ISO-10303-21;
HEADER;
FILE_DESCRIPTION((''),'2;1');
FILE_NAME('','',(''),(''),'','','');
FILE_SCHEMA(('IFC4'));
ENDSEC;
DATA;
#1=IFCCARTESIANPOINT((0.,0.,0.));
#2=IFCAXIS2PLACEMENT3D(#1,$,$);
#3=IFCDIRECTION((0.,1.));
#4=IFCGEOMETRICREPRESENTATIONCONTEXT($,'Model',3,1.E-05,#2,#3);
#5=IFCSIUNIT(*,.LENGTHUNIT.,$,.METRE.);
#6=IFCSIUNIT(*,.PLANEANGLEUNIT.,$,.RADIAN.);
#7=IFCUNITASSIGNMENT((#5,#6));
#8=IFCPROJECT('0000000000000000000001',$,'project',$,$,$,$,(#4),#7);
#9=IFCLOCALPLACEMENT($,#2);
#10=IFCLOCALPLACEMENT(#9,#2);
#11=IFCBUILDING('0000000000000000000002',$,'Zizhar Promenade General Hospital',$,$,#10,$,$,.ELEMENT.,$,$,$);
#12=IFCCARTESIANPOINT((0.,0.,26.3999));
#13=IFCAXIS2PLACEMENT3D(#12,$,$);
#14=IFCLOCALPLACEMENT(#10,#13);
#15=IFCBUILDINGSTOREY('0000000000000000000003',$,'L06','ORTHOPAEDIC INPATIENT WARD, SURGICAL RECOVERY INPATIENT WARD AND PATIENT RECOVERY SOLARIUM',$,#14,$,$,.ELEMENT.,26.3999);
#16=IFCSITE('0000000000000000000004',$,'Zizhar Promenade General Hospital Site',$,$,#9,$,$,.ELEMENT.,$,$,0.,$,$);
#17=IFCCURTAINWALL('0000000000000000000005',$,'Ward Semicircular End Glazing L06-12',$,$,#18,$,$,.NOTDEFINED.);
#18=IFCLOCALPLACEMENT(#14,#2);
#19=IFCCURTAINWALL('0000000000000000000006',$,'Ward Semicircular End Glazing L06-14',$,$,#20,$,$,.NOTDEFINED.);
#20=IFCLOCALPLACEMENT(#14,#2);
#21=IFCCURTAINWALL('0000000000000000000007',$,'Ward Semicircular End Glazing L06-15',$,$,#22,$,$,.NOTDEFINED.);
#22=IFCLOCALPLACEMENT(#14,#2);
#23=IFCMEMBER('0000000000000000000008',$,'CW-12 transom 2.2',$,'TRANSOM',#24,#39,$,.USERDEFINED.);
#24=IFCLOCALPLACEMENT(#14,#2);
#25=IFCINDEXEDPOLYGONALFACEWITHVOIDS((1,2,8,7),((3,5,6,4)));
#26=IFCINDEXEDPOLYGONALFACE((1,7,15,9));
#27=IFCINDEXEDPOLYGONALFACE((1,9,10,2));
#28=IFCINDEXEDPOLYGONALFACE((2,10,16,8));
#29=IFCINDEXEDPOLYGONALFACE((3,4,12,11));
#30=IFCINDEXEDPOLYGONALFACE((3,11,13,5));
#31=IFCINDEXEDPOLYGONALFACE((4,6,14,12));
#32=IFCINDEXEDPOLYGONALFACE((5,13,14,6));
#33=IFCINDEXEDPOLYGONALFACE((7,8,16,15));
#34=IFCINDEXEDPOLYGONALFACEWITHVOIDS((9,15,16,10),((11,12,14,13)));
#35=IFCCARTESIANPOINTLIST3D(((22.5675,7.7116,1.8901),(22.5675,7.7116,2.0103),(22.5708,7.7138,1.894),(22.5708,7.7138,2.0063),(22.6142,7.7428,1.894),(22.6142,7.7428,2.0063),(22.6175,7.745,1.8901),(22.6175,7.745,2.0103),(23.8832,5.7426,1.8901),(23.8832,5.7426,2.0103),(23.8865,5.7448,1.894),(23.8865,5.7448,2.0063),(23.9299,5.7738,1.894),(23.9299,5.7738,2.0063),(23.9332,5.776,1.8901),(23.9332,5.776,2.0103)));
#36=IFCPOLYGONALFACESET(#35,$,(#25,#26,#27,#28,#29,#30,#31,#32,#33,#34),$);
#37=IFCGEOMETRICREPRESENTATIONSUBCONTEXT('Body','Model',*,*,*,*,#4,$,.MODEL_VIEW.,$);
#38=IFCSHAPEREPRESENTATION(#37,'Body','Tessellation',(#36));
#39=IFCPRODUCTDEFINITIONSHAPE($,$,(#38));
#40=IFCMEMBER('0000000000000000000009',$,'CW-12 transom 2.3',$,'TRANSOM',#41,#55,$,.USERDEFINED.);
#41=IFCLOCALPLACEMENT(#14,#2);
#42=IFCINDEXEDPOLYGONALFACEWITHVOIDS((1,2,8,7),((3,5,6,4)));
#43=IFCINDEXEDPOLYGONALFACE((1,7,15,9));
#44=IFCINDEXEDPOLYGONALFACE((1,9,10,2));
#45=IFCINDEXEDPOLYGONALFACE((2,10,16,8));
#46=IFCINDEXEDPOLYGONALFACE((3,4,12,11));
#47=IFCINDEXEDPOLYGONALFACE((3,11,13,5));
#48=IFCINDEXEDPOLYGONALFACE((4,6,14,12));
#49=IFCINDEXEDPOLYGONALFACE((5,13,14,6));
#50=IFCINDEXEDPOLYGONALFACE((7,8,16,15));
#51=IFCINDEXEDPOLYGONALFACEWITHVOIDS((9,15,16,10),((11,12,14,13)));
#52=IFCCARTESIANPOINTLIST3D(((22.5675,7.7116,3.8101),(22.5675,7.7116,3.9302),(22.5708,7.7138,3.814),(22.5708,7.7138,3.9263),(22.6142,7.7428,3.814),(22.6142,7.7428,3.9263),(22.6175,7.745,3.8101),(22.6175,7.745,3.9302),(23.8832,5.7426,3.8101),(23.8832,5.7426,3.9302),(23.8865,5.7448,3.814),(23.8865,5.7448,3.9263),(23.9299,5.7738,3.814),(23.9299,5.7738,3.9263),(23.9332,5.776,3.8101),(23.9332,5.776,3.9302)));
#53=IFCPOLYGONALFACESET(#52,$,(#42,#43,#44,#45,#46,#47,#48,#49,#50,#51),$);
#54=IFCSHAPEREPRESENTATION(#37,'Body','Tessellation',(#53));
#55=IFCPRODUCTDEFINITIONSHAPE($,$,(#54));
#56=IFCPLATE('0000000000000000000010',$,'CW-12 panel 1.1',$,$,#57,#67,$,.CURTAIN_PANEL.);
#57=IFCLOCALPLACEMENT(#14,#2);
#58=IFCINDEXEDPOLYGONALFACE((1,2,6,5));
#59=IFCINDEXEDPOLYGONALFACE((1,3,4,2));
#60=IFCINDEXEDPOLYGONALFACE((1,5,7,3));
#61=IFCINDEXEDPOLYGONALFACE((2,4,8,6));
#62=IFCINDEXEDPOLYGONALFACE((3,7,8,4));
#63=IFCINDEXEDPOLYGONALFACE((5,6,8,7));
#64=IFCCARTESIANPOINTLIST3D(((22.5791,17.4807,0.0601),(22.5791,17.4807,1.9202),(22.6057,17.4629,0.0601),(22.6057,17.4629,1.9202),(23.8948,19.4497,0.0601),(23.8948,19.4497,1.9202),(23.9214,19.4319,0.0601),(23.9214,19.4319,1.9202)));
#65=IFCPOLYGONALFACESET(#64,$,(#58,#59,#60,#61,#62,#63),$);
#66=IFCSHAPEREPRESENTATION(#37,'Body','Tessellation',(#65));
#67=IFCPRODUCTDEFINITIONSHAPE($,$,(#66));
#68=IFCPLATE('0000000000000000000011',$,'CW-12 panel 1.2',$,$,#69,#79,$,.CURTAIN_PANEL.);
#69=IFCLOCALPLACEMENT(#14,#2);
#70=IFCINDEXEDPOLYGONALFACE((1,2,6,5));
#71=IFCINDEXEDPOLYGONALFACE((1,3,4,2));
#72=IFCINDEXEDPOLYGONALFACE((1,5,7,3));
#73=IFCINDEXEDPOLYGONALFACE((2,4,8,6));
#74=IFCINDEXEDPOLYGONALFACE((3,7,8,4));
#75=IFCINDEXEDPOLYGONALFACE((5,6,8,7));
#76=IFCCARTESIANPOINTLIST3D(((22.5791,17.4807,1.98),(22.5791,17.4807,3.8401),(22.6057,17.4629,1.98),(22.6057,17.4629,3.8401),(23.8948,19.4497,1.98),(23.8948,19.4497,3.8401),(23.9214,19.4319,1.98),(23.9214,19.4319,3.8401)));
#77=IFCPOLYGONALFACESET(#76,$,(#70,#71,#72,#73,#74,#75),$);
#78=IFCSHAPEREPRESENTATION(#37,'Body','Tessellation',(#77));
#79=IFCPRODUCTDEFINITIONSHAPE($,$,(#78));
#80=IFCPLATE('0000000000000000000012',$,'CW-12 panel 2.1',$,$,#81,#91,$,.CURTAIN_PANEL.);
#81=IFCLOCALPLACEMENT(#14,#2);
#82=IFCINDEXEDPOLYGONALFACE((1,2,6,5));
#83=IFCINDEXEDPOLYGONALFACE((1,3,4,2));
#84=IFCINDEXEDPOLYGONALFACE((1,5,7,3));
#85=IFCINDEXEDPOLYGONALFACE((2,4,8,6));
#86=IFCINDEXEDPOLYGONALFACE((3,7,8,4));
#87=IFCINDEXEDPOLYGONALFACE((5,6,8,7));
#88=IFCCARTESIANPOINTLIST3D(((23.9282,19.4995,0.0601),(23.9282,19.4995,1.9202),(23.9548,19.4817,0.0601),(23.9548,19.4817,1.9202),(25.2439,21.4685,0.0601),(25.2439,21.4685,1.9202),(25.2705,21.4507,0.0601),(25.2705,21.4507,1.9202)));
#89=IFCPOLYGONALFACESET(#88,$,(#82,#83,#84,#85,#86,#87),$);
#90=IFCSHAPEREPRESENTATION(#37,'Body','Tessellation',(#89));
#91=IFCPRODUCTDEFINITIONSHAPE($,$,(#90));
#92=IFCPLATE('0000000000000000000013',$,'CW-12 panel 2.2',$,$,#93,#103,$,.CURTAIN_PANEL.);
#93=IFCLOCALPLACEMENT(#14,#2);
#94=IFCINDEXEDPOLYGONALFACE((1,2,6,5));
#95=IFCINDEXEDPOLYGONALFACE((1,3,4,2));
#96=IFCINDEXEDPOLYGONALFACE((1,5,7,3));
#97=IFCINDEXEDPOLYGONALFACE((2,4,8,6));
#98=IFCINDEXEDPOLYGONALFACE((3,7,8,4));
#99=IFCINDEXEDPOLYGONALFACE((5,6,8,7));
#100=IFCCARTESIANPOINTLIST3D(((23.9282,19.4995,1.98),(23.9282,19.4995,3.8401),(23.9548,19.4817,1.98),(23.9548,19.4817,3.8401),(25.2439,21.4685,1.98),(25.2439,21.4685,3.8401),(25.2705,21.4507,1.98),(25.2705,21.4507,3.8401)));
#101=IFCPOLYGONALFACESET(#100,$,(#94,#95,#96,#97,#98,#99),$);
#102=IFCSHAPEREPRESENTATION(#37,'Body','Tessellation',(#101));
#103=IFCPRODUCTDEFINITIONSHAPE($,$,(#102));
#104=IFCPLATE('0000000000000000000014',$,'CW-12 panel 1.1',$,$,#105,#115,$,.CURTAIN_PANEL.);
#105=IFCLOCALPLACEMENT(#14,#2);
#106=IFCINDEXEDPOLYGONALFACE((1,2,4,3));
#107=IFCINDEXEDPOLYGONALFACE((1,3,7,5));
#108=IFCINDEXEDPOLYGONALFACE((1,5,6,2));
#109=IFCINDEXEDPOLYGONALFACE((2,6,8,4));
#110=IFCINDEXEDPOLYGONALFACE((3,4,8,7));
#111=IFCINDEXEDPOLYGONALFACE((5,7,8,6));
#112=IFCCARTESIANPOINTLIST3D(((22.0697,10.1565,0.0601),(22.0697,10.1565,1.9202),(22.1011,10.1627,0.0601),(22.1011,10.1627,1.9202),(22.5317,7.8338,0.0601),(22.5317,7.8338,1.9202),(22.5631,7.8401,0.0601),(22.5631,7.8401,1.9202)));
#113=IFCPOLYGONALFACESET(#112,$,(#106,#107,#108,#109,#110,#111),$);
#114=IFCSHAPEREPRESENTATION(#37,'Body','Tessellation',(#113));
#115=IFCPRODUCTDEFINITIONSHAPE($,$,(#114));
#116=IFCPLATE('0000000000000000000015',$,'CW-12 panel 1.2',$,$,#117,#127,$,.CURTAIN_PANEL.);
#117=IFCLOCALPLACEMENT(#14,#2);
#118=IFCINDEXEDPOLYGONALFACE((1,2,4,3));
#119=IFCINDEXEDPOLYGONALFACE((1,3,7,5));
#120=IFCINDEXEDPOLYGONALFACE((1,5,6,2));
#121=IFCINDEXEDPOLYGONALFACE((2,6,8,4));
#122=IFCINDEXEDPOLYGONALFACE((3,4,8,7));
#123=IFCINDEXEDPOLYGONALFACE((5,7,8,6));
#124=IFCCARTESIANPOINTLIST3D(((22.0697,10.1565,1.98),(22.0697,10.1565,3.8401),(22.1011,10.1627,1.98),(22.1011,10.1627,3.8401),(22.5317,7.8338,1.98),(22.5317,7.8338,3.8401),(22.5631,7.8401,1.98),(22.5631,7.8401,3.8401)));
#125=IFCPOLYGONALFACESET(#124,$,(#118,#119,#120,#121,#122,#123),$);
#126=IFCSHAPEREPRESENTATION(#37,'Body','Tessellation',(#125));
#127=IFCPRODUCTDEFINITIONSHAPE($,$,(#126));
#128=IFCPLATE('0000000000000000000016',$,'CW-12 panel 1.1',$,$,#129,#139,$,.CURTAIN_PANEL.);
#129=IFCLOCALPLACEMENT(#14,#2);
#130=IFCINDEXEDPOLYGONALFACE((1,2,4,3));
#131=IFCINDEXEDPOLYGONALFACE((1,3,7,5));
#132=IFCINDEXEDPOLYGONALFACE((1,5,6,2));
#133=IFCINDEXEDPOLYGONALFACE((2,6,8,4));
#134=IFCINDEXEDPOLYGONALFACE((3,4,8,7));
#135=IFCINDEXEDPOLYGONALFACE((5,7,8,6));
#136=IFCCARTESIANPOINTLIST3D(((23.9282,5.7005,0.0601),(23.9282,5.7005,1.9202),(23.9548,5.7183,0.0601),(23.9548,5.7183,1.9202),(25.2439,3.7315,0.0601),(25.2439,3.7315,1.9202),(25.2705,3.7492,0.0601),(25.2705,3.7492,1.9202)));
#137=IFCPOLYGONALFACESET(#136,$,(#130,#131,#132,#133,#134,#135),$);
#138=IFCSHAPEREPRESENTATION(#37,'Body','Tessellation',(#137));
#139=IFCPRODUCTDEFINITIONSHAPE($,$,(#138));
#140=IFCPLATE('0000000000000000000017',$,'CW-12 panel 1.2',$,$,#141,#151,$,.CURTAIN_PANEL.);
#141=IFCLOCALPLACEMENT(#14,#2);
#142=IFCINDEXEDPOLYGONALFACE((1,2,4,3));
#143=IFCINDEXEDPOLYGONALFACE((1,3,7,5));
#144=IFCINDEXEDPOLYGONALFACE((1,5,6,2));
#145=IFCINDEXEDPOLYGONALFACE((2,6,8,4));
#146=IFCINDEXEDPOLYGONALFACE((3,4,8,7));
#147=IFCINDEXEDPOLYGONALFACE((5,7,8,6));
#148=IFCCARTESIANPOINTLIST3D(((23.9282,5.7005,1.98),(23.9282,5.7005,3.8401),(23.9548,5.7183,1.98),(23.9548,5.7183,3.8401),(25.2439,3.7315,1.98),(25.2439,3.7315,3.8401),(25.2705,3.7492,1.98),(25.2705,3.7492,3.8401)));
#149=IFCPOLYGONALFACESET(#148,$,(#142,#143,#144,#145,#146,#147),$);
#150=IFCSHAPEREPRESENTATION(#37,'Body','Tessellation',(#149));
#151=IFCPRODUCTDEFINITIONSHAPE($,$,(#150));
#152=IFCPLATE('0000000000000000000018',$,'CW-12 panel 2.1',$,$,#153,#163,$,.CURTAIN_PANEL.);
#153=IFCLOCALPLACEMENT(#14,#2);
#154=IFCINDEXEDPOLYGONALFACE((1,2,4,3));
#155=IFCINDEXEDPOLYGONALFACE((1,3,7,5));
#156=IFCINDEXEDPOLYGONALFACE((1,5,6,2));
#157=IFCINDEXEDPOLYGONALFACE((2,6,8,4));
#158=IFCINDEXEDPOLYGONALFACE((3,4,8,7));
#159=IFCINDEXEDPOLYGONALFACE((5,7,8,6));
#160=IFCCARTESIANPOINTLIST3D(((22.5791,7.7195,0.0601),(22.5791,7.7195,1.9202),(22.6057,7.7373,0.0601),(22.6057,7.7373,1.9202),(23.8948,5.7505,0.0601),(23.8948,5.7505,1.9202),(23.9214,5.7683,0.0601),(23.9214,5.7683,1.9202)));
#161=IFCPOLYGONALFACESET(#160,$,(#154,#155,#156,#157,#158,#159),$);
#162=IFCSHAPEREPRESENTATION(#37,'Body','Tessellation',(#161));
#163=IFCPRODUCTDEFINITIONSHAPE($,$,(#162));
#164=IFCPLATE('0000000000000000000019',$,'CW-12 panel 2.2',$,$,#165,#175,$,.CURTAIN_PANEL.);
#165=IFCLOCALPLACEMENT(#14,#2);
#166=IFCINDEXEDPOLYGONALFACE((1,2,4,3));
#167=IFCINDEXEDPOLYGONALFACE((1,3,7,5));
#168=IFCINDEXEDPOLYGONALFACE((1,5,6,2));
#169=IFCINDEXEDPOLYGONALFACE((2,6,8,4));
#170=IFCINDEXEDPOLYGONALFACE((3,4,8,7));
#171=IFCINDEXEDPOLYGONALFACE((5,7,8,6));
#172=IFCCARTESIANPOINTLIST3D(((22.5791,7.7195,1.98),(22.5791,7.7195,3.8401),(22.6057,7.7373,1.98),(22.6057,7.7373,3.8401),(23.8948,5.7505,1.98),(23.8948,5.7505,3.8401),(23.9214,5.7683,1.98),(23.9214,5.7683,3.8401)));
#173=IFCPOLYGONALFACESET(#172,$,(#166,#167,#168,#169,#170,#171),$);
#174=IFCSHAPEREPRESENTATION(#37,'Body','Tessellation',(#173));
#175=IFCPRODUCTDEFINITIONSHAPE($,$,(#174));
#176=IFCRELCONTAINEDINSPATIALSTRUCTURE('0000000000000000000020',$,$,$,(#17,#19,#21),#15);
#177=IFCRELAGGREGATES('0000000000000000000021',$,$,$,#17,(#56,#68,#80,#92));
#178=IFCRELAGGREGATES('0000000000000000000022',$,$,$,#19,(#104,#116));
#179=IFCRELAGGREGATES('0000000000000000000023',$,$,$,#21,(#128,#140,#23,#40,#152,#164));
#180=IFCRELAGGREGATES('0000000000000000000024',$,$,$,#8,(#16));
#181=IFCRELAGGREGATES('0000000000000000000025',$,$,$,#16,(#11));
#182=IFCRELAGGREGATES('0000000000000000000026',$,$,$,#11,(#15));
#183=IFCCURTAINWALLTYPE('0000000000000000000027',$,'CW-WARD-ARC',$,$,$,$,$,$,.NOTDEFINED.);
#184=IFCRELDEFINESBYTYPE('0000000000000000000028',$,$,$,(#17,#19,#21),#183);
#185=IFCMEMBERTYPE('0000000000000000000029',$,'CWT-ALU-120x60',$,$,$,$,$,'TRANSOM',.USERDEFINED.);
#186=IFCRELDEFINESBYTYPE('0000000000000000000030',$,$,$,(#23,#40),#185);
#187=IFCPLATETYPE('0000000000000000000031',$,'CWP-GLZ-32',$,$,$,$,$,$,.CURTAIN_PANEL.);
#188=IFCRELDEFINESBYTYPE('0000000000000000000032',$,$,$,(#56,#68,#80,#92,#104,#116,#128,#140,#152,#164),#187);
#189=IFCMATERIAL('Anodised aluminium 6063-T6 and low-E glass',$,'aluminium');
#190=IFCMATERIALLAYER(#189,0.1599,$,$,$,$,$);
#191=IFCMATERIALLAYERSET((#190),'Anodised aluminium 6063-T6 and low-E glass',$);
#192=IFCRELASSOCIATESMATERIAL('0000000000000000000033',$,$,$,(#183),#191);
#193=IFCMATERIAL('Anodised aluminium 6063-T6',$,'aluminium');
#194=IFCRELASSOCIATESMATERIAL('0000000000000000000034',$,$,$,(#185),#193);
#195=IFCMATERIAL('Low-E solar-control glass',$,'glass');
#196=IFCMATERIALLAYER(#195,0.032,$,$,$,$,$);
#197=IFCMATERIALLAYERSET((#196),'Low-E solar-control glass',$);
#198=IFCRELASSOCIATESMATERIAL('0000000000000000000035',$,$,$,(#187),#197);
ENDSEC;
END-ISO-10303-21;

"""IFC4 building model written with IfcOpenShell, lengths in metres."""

from ifc_helpers import new_model, si_unit, direction, frame, origin, origin_2d, place, context, subcontext, project, spatial, rectangle, hollow_rectangle, extrude, material, layer, layer_set, material_profile, profile_set, type_object, element, aggregate, save


model = new_model("IFC4")

# Units and contexts
model_context = context("Model", 3, precision=1e-05, world=origin(), true_north=direction((0.0, 1.0)))
body_context = subcontext(model_context, "Body", "Model", "MODEL_VIEW")
ifc_project = project(units=[si_unit("LENGTHUNIT", "METRE"), si_unit("PLANEANGLEUNIT", "RADIAN")], contexts=[model_context])

# Site, building, storey
site_placement = place(None, origin())
site = spatial("IfcSite", under=ifc_project, at=site_placement, Name="Zizhar Promenade General Hospital Site", CompositionType="ELEMENT", RefElevation=0.0)
building_placement = place(site_placement, origin())
building = spatial("IfcBuilding", under=site, at=building_placement, Name="Zizhar Promenade General Hospital", CompositionType="ELEMENT")
storey_placement = place(building_placement, frame((0.0, 0.0, 26.3999)))
storey = spatial("IfcBuildingStorey", under=building, at=storey_placement, Name="L06", Description="ORTHOPAEDIC INPATIENT WARD, SURGICAL RECOVERY INPATIENT WARD AND PATIENT RECOVERY SOLARIUM", CompositionType="ELEMENT", Elevation=26.3999)

# Curtain wall
ifc_material_1 = material(Name="Anodised aluminium 6063-T6 and low-E glass", Category="aluminium")
ifc_layer_1 = layer(ifc_material_1, 0.1599)
ifc_layer_set_1 = layer_set([ifc_layer_1], Name="Anodised aluminium 6063-T6 and low-E glass")
curtain_wall_type = type_object("IfcCurtainWallType", Name="CW-WARD-ARC", PredefinedType="NOTDEFINED", material=ifc_layer_set_1)
curtain_wall_1_placement = place(storey_placement, origin())
curtain_wall_1 = element("IfcCurtainWall", 1, at=curtain_wall_1_placement, inside=storey, type_object=curtain_wall_type, Name="Ward Semicircular End Glazing L06-12", PredefinedType="NOTDEFINED")

# Curtain wall
curtain_wall_2_placement = place(storey_placement, origin())
curtain_wall_2 = element("IfcCurtainWall", 2, at=curtain_wall_2_placement, inside=storey, type_object=curtain_wall_type, Name="Ward Semicircular End Glazing L06-14", PredefinedType="NOTDEFINED")

# Curtain wall
curtain_wall_3_placement = place(storey_placement, origin())
curtain_wall_3 = element("IfcCurtainWall", 3, at=curtain_wall_3_placement, inside=storey, type_object=curtain_wall_type, Name="Ward Semicircular End Glazing L06-15", PredefinedType="NOTDEFINED")

# Members
ifc_material_2 = material(Name="Anodised aluminium 6063-T6", Category="aluminium")
ifc_material_profile_1 = material_profile(ifc_material_2, hollow_rectangle(XDim=0.0601, YDim=0.1201, WallThickness=0.0039, at=origin_2d()))
ifc_profile_set_1 = profile_set([ifc_material_profile_1], Name="Anodised aluminium 6063-T6")
member_type_1 = type_object("IfcMemberType", Name="CWT-ALU-120x60", ElementType="TRANSOM", PredefinedType="USERDEFINED", material=ifc_profile_set_1)
member_1_placement = place(storey_placement, frame((23.9082, 5.7593, 1.9502), z_axis=(-0.55558, 0.831463, 0.0), x_axis=(-0.831463, -0.55558, 0.0)))
member_1 = element("IfcMember", 4, at=member_1_placement, type_object=member_type_1, Name="CW-12 transom 2.2", ObjectType="TRANSOM", PredefinedType="USERDEFINED", context=body_context, shape_type="SweptSolid", body=[
    extrude(hollow_rectangle(XDim=0.0601, YDim=0.1201, WallThickness=0.0039, at=origin_2d()), origin(), (0.0, 0.0, 1.0), 2.3682),
])
member_2_placement = place(storey_placement, frame((23.9082, 5.7593, 3.8701), z_axis=(-0.55558, 0.831463, 0.0), x_axis=(-0.831463, -0.55558, 0.0)))
member_2 = element("IfcMember", 5, at=member_2_placement, type_object=member_type_1, Name="CW-12 transom 2.3", ObjectType="TRANSOM", PredefinedType="USERDEFINED", context=body_context, shape_type="SweptSolid", body=[
    extrude(hollow_rectangle(XDim=0.0601, YDim=0.1201, WallThickness=0.0039, at=origin_2d()), origin(), (0.0, 0.0, 1.0), 2.3682),
])

# Plates
ifc_material_3 = material(Name="Low-E solar-control glass", Category="glass")
ifc_layer_2 = layer(ifc_material_3, 0.032)
ifc_layer_set_2 = layer_set([ifc_layer_2], Name="Low-E solar-control glass")
plate_type = type_object("IfcPlateType", Name="CWP-GLZ-32", PredefinedType="CURTAIN_PANEL", material=ifc_layer_set_2)
plate_1_placement = place(storey_placement, frame((23.2502, 18.4563, 0.0601), z_axis=(0.0, 0.0, 1.0), x_axis=(0.555582, 0.831462, 0.0)))
plate_1 = element("IfcPlate", 6, at=plate_1_placement, type_object=plate_type, Name="CW-12 panel 1.1", PredefinedType="CURTAIN_PANEL", context=body_context, shape_type="SweptSolid", body=[
    extrude(rectangle(XDim=2.3682, YDim=0.032, at=origin_2d()), origin(), (0.0, 0.0, 1.0), 1.8601),
])
plate_2_placement = place(storey_placement, frame((23.2502, 18.4563, 1.98), z_axis=(0.0, 0.0, 1.0), x_axis=(0.555582, 0.831462, 0.0)))
plate_2 = element("IfcPlate", 7, at=plate_2_placement, type_object=plate_type, Name="CW-12 panel 1.2", PredefinedType="CURTAIN_PANEL", context=body_context, shape_type="SweptSolid", body=[
    extrude(rectangle(XDim=2.3682, YDim=0.032, at=origin_2d()), origin(), (0.0, 0.0, 1.0), 1.8601),
])
plate_3_placement = place(storey_placement, frame((24.5994, 20.4751, 0.0601), z_axis=(0.0, 0.0, 1.0), x_axis=(0.555582, 0.831462, 0.0)))
plate_3 = element("IfcPlate", 8, at=plate_3_placement, type_object=plate_type, Name="CW-12 panel 2.1", PredefinedType="CURTAIN_PANEL", context=body_context, shape_type="SweptSolid", body=[
    extrude(rectangle(XDim=2.3682, YDim=0.032, at=origin_2d()), origin(), (0.0, 0.0, 1.0), 1.8601),
])
plate_4_placement = place(storey_placement, frame((24.5994, 20.4751, 1.98), z_axis=(0.0, 0.0, 1.0), x_axis=(0.555582, 0.831462, 0.0)))
plate_4 = element("IfcPlate", 9, at=plate_4_placement, type_object=plate_type, Name="CW-12 panel 2.2", PredefinedType="CURTAIN_PANEL", context=body_context, shape_type="SweptSolid", body=[
    extrude(rectangle(XDim=2.3682, YDim=0.032, at=origin_2d()), origin(), (0.0, 0.0, 1.0), 1.8601),
])
aggregate(curtain_wall_1, [plate_1, plate_2, plate_3, plate_4])
plate_5_placement = place(storey_placement, frame((22.3164, 8.9983, 0.0601), z_axis=(0.0, 0.0, 1.0), x_axis=(-0.195087, 0.980786, 0.0)))
plate_5 = element("IfcPlate", 10, at=plate_5_placement, type_object=plate_type, Name="CW-12 panel 1.1", PredefinedType="CURTAIN_PANEL", context=body_context, shape_type="SweptSolid", body=[
    extrude(rectangle(XDim=2.3682, YDim=0.032, at=origin_2d()), origin(), (0.0, 0.0, 1.0), 1.8601),
])
plate_6_placement = place(storey_placement, frame((22.3164, 8.9983, 1.98), z_axis=(0.0, 0.0, 1.0), x_axis=(-0.195087, 0.980786, 0.0)))
plate_6 = element("IfcPlate", 11, at=plate_6_placement, type_object=plate_type, Name="CW-12 panel 1.2", PredefinedType="CURTAIN_PANEL", context=body_context, shape_type="SweptSolid", body=[
    extrude(rectangle(XDim=2.3682, YDim=0.032, at=origin_2d()), origin(), (0.0, 0.0, 1.0), 1.8601),
])
aggregate(curtain_wall_2, [plate_5, plate_6])
plate_7_placement = place(storey_placement, frame((24.5994, 4.7249, 0.0601), z_axis=(0.0, 0.0, 1.0), x_axis=(-0.555582, 0.831462, 0.0)))
plate_7 = element("IfcPlate", 12, at=plate_7_placement, type_object=plate_type, Name="CW-12 panel 1.1", PredefinedType="CURTAIN_PANEL", context=body_context, shape_type="SweptSolid", body=[
    extrude(rectangle(XDim=2.3682, YDim=0.032, at=origin_2d()), origin(), (0.0, 0.0, 1.0), 1.8601),
])
plate_8_placement = place(storey_placement, frame((24.5994, 4.7249, 1.98), z_axis=(0.0, 0.0, 1.0), x_axis=(-0.555582, 0.831462, 0.0)))
plate_8 = element("IfcPlate", 13, at=plate_8_placement, type_object=plate_type, Name="CW-12 panel 1.2", PredefinedType="CURTAIN_PANEL", context=body_context, shape_type="SweptSolid", body=[
    extrude(rectangle(XDim=2.3682, YDim=0.032, at=origin_2d()), origin(), (0.0, 0.0, 1.0), 1.8601),
])
plate_9_placement = place(storey_placement, frame((23.2502, 6.7439, 0.0601), z_axis=(0.0, 0.0, 1.0), x_axis=(-0.555582, 0.831462, 0.0)))
plate_9 = element("IfcPlate", 14, at=plate_9_placement, type_object=plate_type, Name="CW-12 panel 2.1", PredefinedType="CURTAIN_PANEL", context=body_context, shape_type="SweptSolid", body=[
    extrude(rectangle(XDim=2.3682, YDim=0.032, at=origin_2d()), origin(), (0.0, 0.0, 1.0), 1.8601),
])
plate_10_placement = place(storey_placement, frame((23.2502, 6.7439, 1.98), z_axis=(0.0, 0.0, 1.0), x_axis=(-0.555582, 0.831462, 0.0)))
plate_10 = element("IfcPlate", 15, at=plate_10_placement, type_object=plate_type, Name="CW-12 panel 2.2", PredefinedType="CURTAIN_PANEL", context=body_context, shape_type="SweptSolid", body=[
    extrude(rectangle(XDim=2.3682, YDim=0.032, at=origin_2d()), origin(), (0.0, 0.0, 1.0), 1.8601),
])
aggregate(curtain_wall_3, [plate_7, plate_8, member_1, member_2, plate_9, plate_10])

save(model, "model.ifc")
